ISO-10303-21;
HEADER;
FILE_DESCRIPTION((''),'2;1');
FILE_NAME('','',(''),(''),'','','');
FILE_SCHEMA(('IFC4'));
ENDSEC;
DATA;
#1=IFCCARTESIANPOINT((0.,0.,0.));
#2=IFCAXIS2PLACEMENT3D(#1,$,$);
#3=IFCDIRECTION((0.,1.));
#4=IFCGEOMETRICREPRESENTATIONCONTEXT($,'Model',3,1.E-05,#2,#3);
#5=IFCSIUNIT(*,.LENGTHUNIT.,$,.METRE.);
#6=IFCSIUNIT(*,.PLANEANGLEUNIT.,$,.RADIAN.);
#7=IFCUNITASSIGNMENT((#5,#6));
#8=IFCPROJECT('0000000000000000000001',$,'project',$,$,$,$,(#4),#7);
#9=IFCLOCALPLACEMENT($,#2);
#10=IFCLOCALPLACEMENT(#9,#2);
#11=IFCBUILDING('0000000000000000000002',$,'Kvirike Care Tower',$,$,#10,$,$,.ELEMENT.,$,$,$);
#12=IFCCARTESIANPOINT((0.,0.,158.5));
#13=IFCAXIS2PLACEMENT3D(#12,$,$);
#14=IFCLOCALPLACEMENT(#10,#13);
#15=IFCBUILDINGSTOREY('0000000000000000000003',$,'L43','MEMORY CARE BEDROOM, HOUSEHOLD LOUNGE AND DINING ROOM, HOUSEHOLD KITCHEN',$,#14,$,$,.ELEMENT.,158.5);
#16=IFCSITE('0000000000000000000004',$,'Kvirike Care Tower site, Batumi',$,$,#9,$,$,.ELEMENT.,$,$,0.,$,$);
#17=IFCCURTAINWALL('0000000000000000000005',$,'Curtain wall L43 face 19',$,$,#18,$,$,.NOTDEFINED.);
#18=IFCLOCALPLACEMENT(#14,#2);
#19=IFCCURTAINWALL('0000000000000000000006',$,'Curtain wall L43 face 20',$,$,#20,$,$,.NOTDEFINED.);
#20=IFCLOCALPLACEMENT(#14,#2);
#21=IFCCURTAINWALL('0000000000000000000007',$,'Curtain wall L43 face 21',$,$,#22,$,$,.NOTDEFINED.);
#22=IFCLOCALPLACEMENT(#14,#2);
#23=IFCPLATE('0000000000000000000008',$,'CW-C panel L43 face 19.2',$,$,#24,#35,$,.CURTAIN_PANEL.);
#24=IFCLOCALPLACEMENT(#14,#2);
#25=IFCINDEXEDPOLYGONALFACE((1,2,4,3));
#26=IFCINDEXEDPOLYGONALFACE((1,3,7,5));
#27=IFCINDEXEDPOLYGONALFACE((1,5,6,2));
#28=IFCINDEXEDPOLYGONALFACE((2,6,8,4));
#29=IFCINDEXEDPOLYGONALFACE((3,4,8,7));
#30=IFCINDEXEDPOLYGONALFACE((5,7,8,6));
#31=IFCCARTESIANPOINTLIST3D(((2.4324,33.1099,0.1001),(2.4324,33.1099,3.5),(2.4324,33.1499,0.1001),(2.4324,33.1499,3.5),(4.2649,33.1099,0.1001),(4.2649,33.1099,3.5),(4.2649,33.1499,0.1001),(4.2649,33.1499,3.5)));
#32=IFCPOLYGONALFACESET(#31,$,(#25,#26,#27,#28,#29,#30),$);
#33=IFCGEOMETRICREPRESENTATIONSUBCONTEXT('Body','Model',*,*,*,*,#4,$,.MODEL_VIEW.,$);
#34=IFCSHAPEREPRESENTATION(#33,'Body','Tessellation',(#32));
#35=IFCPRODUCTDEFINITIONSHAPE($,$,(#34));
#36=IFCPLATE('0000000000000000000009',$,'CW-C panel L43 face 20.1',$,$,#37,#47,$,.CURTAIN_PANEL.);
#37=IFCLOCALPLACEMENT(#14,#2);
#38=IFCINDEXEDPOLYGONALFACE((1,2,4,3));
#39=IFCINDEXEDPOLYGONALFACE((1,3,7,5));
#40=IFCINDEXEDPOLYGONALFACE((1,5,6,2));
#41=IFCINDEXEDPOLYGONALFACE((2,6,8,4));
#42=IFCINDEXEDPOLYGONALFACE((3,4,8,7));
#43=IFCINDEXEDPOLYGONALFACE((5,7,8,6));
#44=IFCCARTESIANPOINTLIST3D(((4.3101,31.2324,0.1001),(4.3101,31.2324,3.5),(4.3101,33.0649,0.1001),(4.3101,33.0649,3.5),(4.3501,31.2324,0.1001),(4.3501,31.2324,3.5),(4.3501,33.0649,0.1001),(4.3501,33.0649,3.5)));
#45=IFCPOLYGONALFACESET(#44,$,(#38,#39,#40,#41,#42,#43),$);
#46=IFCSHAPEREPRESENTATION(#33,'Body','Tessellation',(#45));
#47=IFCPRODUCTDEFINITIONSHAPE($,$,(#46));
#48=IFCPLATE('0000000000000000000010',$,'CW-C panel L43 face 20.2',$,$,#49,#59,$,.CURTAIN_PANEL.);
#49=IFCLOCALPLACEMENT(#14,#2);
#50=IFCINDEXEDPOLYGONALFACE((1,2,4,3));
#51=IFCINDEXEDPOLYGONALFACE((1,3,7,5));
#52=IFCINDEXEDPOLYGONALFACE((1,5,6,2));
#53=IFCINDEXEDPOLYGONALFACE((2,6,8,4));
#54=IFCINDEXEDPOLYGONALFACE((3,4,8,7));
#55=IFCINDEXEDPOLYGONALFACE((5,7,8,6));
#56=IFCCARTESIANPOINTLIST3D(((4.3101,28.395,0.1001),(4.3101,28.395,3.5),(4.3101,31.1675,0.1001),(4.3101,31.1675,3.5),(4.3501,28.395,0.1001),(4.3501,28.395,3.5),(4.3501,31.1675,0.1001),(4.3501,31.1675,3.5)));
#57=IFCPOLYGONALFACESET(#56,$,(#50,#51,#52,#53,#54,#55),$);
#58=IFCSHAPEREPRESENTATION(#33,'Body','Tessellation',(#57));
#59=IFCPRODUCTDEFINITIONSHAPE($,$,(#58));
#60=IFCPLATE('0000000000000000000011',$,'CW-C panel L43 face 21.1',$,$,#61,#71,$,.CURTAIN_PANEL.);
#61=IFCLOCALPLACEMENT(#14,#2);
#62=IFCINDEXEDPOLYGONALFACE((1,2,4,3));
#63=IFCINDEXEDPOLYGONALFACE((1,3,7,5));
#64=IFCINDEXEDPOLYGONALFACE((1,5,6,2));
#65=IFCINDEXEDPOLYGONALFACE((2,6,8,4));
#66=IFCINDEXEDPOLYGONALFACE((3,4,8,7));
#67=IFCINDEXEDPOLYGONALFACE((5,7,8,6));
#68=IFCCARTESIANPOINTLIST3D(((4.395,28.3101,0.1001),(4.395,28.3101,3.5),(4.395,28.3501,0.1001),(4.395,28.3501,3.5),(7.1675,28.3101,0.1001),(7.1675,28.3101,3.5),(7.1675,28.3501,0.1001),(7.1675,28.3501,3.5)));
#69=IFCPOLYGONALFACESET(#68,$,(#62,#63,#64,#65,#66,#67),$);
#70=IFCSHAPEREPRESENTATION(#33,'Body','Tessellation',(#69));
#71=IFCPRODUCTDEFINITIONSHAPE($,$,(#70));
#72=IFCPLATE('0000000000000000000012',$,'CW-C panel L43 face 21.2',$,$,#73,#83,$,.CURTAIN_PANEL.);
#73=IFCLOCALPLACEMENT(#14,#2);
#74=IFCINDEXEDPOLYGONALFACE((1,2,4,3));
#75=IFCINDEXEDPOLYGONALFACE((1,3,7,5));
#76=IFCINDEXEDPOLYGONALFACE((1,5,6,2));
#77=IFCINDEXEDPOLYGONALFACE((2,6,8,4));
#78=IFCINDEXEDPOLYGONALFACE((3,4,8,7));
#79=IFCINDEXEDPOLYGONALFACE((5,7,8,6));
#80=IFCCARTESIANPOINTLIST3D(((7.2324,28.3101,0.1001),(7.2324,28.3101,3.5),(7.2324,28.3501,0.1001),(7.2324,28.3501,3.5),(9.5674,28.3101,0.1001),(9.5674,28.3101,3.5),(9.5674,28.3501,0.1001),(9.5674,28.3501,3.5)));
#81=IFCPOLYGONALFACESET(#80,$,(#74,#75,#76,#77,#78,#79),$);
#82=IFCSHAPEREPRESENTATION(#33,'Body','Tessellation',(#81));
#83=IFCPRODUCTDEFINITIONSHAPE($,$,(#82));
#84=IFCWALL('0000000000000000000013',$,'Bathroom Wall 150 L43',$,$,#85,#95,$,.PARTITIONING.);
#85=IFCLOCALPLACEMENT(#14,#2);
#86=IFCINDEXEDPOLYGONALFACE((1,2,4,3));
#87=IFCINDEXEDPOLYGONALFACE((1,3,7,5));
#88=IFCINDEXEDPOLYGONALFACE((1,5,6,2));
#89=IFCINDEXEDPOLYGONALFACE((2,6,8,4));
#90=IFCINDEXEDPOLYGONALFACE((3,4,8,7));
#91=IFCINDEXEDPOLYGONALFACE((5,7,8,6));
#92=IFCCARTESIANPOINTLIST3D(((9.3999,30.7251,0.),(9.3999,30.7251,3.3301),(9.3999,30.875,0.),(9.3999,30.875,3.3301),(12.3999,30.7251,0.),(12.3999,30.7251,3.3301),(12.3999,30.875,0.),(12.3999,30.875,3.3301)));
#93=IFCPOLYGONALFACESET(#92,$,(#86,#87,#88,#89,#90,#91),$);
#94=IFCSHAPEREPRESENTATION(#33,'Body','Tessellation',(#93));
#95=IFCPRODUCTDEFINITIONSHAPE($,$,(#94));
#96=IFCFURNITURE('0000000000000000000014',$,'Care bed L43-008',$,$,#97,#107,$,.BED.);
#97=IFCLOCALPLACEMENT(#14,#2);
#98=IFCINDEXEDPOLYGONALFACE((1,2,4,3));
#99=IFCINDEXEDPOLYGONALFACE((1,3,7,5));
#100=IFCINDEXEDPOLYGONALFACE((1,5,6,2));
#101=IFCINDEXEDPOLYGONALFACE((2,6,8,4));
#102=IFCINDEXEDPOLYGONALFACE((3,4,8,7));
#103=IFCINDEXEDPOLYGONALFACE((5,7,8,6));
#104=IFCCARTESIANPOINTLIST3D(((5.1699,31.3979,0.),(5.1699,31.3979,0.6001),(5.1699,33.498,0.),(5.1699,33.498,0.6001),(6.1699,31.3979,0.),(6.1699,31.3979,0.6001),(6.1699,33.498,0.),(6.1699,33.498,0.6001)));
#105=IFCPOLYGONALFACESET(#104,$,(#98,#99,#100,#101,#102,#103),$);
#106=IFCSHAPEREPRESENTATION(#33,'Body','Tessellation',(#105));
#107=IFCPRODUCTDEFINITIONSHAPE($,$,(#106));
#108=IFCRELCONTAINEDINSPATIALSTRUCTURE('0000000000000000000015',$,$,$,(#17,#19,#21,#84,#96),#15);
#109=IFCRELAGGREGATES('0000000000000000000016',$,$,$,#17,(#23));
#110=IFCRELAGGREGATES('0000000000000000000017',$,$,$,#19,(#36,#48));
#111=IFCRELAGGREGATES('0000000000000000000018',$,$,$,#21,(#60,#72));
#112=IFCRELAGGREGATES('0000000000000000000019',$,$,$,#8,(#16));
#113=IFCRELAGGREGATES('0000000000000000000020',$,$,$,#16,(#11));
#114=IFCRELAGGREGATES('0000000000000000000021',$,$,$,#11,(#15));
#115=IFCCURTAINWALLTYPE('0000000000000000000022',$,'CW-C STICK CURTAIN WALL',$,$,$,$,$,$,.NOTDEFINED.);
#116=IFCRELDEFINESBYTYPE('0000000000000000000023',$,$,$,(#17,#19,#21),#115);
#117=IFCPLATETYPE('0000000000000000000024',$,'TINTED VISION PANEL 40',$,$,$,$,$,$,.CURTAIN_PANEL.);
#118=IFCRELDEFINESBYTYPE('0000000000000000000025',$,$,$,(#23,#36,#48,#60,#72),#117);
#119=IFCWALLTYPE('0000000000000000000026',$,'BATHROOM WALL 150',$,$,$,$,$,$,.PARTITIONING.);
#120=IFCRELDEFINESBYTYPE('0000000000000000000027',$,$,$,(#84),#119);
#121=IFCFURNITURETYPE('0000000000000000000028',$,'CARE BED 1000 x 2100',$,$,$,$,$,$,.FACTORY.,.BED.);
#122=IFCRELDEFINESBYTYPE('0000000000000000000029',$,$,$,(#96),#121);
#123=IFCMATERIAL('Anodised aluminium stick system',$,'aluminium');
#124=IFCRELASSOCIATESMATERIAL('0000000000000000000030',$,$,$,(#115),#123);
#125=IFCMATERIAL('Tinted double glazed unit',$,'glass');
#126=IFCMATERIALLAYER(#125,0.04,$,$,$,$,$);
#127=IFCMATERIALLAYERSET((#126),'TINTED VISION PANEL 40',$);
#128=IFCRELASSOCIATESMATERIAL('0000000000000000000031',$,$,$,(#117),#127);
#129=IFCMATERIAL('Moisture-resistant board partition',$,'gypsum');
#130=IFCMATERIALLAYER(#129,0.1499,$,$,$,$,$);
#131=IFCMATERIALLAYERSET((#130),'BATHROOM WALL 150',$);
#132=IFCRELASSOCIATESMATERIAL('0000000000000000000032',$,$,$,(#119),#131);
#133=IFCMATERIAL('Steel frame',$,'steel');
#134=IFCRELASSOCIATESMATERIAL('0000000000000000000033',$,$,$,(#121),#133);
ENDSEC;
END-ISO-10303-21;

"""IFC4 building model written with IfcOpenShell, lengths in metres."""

from ifc_helpers import new_model, si_unit, direction, frame, frame_2d, origin, origin_2d, place, context, subcontext, project, spatial, rectangle, extrude, material, layer, layer_set, type_object, element, aggregate, save


model = new_model("IFC4")

# Units and contexts
model_context = context("Model", 3, precision=1e-05, world=origin(), true_north=direction((0.0, 1.0)))
body_context = subcontext(model_context, "Body", "Model", "MODEL_VIEW")
ifc_project = project(units=[si_unit("LENGTHUNIT", "METRE"), si_unit("PLANEANGLEUNIT", "RADIAN")], contexts=[model_context])

# Site, building, storey
site_placement = place(None, origin())
site = spatial("IfcSite", under=ifc_project, at=site_placement, Name="Kvirike Care Tower site, Batumi", CompositionType="ELEMENT", RefElevation=0.0)
building_placement = place(site_placement, origin())
building = spatial("IfcBuilding", under=site, at=building_placement, Name="Kvirike Care Tower", CompositionType="ELEMENT")
storey_placement = place(building_placement, frame((0.0, 0.0, 158.5)))
storey = spatial("IfcBuildingStorey", under=building, at=storey_placement, Name="L43", Description="MEMORY CARE BEDROOM, HOUSEHOLD LOUNGE AND DINING ROOM, HOUSEHOLD KITCHEN", CompositionType="ELEMENT", Elevation=158.5)

# Shared definitions
ifc_material_1 = material(Name="Anodised aluminium stick system", Category="aluminium")
curtain_wall_type = type_object("IfcCurtainWallType", Name="CW-C STICK CURTAIN WALL", PredefinedType="NOTDEFINED", material=ifc_material_1)

# Curtain walls
curtain_wall_1_placement = place(storey_placement, origin())
curtain_wall_1 = element("IfcCurtainWall", 1, at=curtain_wall_1_placement, inside=storey, type_object=curtain_wall_type, Name="Curtain wall L43 face 19", PredefinedType="NOTDEFINED")
curtain_wall_2_placement = place(storey_placement, origin())
curtain_wall_2 = element("IfcCurtainWall", 2, at=curtain_wall_2_placement, inside=storey, type_object=curtain_wall_type, Name="Curtain wall L43 face 20", PredefinedType="NOTDEFINED")
curtain_wall_3_placement = place(storey_placement, origin())
curtain_wall_3 = element("IfcCurtainWall", 3, at=curtain_wall_3_placement, inside=storey, type_object=curtain_wall_type, Name="Curtain wall L43 face 21", PredefinedType="NOTDEFINED")

# Plates
ifc_material_2 = material(Name="Tinted double glazed unit", Category="glass")
ifc_layer_1 = layer(ifc_material_2, 0.04)
ifc_layer_set_1 = layer_set([ifc_layer_1], Name="TINTED VISION PANEL 40")
plate_type = type_object("IfcPlateType", Name="TINTED VISION PANEL 40", PredefinedType="CURTAIN_PANEL", material=ifc_layer_set_1)
plate_1_placement = place(storey_placement, frame((3.3486, 33.1299, 0.1001), z_axis=(0.0, 0.0, 1.0), x_axis=(1.0, 0.0, 0.0)))
plate_1 = element("IfcPlate", 4, at=plate_1_placement, type_object=plate_type, Name="CW-C panel L43 face 19.2", PredefinedType="CURTAIN_PANEL", context=body_context, shape_type="SweptSolid", body=[
    extrude(rectangle(XDim=1.8325, YDim=0.04, at=origin_2d()), origin(), (0.0, 0.0, 1.0), 3.3999),
])
aggregate(curtain_wall_1, [plate_1])
plate_2_placement = place(storey_placement, frame((4.3301, 32.1487, 0.1001), z_axis=(0.0, 0.0, 1.0), x_axis=(0.0, -1.0, 0.0)))
plate_2 = element("IfcPlate", 5, at=plate_2_placement, type_object=plate_type, Name="CW-C panel L43 face 20.1", PredefinedType="CURTAIN_PANEL", context=body_context, shape_type="SweptSolid", body=[
    extrude(rectangle(XDim=1.8325, YDim=0.04, at=origin_2d()), origin(), (0.0, 0.0, 1.0), 3.3999),
])
plate_3_placement = place(storey_placement, frame((4.3301, 29.7812, 0.1001), z_axis=(0.0, 0.0, 1.0), x_axis=(0.0, -1.0, 0.0)))
plate_3 = element("IfcPlate", 6, at=plate_3_placement, type_object=plate_type, Name="CW-C panel L43 face 20.2", PredefinedType="CURTAIN_PANEL", context=body_context, shape_type="SweptSolid", body=[
    extrude(rectangle(XDim=2.7725, YDim=0.04, at=origin_2d()), origin(), (0.0, 0.0, 1.0), 3.3999),
])
aggregate(curtain_wall_2, [plate_2, plate_3])
plate_4_placement = place(storey_placement, frame((5.7812, 28.3301, 0.1001), z_axis=(0.0, 0.0, 1.0), x_axis=(1.0, 0.0, 0.0)))
plate_4 = element("IfcPlate", 7, at=plate_4_placement, type_object=plate_type, Name="CW-C panel L43 face 21.1", PredefinedType="CURTAIN_PANEL", context=body_context, shape_type="SweptSolid", body=[
    extrude(rectangle(XDim=2.7725, YDim=0.04, at=origin_2d()), origin(), (0.0, 0.0, 1.0), 3.3999),
])
plate_5_placement = place(storey_placement, frame((8.3999, 28.3301, 0.1001), z_axis=(0.0, 0.0, 1.0), x_axis=(1.0, 0.0, 0.0)))
plate_5 = element("IfcPlate", 8, at=plate_5_placement, type_object=plate_type, Name="CW-C panel L43 face 21.2", PredefinedType="CURTAIN_PANEL", context=body_context, shape_type="SweptSolid", body=[
    extrude(rectangle(XDim=2.335, YDim=0.04, at=origin_2d()), origin(), (0.0, 0.0, 1.0), 3.3999),
])
aggregate(curtain_wall_3, [plate_4, plate_5])

# Wall
ifc_material_3 = material(Name="Moisture-resistant board partition", Category="gypsum")
ifc_layer_2 = layer(ifc_material_3, 0.1499)
ifc_layer_set_2 = layer_set([ifc_layer_2], Name="BATHROOM WALL 150")
wall_type = type_object("IfcWallType", Name="BATHROOM WALL 150", PredefinedType="PARTITIONING", material=ifc_layer_set_2)
wall_placement = place(storey_placement, frame((9.3999, 30.8, 0.0), z_axis=(0.0, 0.0, 1.0), x_axis=(1.0, 0.0, 0.0)))
element("IfcWall", 9, at=wall_placement, inside=storey, type_object=wall_type, Name="Bathroom Wall 150 L43", PredefinedType="PARTITIONING", context=body_context, shape_type="SweptSolid", body=[
    extrude(rectangle(XDim=3.0, YDim=0.1499, at=frame_2d((1.5, 0.0))), origin(), (0.0, 0.0, 1.0), 3.3301),
])

# Furniture
ifc_material_4 = material(Name="Steel frame", Category="steel")
furniture_type = type_object("IfcFurnitureType", Name="CARE BED 1000 x 2100", AssemblyPlace="FACTORY", PredefinedType="BED", material=ifc_material_4)
furniture_placement = place(storey_placement, frame((5.6699, 32.448, 0.0), z_axis=(0.0, 0.0, 1.0), x_axis=(1.0, 0.0, 0.0)))
element("IfcFurniture", 10, at=furniture_placement, inside=storey, type_object=furniture_type, Name="Care bed L43-008", PredefinedType="BED", context=body_context, shape_type="SweptSolid", body=[
    extrude(rectangle(XDim=1.0, YDim=2.1001, at=origin_2d()), origin(), (0.0, 0.0, 1.0), 0.6001),
])

save(model, "model.ifc")
